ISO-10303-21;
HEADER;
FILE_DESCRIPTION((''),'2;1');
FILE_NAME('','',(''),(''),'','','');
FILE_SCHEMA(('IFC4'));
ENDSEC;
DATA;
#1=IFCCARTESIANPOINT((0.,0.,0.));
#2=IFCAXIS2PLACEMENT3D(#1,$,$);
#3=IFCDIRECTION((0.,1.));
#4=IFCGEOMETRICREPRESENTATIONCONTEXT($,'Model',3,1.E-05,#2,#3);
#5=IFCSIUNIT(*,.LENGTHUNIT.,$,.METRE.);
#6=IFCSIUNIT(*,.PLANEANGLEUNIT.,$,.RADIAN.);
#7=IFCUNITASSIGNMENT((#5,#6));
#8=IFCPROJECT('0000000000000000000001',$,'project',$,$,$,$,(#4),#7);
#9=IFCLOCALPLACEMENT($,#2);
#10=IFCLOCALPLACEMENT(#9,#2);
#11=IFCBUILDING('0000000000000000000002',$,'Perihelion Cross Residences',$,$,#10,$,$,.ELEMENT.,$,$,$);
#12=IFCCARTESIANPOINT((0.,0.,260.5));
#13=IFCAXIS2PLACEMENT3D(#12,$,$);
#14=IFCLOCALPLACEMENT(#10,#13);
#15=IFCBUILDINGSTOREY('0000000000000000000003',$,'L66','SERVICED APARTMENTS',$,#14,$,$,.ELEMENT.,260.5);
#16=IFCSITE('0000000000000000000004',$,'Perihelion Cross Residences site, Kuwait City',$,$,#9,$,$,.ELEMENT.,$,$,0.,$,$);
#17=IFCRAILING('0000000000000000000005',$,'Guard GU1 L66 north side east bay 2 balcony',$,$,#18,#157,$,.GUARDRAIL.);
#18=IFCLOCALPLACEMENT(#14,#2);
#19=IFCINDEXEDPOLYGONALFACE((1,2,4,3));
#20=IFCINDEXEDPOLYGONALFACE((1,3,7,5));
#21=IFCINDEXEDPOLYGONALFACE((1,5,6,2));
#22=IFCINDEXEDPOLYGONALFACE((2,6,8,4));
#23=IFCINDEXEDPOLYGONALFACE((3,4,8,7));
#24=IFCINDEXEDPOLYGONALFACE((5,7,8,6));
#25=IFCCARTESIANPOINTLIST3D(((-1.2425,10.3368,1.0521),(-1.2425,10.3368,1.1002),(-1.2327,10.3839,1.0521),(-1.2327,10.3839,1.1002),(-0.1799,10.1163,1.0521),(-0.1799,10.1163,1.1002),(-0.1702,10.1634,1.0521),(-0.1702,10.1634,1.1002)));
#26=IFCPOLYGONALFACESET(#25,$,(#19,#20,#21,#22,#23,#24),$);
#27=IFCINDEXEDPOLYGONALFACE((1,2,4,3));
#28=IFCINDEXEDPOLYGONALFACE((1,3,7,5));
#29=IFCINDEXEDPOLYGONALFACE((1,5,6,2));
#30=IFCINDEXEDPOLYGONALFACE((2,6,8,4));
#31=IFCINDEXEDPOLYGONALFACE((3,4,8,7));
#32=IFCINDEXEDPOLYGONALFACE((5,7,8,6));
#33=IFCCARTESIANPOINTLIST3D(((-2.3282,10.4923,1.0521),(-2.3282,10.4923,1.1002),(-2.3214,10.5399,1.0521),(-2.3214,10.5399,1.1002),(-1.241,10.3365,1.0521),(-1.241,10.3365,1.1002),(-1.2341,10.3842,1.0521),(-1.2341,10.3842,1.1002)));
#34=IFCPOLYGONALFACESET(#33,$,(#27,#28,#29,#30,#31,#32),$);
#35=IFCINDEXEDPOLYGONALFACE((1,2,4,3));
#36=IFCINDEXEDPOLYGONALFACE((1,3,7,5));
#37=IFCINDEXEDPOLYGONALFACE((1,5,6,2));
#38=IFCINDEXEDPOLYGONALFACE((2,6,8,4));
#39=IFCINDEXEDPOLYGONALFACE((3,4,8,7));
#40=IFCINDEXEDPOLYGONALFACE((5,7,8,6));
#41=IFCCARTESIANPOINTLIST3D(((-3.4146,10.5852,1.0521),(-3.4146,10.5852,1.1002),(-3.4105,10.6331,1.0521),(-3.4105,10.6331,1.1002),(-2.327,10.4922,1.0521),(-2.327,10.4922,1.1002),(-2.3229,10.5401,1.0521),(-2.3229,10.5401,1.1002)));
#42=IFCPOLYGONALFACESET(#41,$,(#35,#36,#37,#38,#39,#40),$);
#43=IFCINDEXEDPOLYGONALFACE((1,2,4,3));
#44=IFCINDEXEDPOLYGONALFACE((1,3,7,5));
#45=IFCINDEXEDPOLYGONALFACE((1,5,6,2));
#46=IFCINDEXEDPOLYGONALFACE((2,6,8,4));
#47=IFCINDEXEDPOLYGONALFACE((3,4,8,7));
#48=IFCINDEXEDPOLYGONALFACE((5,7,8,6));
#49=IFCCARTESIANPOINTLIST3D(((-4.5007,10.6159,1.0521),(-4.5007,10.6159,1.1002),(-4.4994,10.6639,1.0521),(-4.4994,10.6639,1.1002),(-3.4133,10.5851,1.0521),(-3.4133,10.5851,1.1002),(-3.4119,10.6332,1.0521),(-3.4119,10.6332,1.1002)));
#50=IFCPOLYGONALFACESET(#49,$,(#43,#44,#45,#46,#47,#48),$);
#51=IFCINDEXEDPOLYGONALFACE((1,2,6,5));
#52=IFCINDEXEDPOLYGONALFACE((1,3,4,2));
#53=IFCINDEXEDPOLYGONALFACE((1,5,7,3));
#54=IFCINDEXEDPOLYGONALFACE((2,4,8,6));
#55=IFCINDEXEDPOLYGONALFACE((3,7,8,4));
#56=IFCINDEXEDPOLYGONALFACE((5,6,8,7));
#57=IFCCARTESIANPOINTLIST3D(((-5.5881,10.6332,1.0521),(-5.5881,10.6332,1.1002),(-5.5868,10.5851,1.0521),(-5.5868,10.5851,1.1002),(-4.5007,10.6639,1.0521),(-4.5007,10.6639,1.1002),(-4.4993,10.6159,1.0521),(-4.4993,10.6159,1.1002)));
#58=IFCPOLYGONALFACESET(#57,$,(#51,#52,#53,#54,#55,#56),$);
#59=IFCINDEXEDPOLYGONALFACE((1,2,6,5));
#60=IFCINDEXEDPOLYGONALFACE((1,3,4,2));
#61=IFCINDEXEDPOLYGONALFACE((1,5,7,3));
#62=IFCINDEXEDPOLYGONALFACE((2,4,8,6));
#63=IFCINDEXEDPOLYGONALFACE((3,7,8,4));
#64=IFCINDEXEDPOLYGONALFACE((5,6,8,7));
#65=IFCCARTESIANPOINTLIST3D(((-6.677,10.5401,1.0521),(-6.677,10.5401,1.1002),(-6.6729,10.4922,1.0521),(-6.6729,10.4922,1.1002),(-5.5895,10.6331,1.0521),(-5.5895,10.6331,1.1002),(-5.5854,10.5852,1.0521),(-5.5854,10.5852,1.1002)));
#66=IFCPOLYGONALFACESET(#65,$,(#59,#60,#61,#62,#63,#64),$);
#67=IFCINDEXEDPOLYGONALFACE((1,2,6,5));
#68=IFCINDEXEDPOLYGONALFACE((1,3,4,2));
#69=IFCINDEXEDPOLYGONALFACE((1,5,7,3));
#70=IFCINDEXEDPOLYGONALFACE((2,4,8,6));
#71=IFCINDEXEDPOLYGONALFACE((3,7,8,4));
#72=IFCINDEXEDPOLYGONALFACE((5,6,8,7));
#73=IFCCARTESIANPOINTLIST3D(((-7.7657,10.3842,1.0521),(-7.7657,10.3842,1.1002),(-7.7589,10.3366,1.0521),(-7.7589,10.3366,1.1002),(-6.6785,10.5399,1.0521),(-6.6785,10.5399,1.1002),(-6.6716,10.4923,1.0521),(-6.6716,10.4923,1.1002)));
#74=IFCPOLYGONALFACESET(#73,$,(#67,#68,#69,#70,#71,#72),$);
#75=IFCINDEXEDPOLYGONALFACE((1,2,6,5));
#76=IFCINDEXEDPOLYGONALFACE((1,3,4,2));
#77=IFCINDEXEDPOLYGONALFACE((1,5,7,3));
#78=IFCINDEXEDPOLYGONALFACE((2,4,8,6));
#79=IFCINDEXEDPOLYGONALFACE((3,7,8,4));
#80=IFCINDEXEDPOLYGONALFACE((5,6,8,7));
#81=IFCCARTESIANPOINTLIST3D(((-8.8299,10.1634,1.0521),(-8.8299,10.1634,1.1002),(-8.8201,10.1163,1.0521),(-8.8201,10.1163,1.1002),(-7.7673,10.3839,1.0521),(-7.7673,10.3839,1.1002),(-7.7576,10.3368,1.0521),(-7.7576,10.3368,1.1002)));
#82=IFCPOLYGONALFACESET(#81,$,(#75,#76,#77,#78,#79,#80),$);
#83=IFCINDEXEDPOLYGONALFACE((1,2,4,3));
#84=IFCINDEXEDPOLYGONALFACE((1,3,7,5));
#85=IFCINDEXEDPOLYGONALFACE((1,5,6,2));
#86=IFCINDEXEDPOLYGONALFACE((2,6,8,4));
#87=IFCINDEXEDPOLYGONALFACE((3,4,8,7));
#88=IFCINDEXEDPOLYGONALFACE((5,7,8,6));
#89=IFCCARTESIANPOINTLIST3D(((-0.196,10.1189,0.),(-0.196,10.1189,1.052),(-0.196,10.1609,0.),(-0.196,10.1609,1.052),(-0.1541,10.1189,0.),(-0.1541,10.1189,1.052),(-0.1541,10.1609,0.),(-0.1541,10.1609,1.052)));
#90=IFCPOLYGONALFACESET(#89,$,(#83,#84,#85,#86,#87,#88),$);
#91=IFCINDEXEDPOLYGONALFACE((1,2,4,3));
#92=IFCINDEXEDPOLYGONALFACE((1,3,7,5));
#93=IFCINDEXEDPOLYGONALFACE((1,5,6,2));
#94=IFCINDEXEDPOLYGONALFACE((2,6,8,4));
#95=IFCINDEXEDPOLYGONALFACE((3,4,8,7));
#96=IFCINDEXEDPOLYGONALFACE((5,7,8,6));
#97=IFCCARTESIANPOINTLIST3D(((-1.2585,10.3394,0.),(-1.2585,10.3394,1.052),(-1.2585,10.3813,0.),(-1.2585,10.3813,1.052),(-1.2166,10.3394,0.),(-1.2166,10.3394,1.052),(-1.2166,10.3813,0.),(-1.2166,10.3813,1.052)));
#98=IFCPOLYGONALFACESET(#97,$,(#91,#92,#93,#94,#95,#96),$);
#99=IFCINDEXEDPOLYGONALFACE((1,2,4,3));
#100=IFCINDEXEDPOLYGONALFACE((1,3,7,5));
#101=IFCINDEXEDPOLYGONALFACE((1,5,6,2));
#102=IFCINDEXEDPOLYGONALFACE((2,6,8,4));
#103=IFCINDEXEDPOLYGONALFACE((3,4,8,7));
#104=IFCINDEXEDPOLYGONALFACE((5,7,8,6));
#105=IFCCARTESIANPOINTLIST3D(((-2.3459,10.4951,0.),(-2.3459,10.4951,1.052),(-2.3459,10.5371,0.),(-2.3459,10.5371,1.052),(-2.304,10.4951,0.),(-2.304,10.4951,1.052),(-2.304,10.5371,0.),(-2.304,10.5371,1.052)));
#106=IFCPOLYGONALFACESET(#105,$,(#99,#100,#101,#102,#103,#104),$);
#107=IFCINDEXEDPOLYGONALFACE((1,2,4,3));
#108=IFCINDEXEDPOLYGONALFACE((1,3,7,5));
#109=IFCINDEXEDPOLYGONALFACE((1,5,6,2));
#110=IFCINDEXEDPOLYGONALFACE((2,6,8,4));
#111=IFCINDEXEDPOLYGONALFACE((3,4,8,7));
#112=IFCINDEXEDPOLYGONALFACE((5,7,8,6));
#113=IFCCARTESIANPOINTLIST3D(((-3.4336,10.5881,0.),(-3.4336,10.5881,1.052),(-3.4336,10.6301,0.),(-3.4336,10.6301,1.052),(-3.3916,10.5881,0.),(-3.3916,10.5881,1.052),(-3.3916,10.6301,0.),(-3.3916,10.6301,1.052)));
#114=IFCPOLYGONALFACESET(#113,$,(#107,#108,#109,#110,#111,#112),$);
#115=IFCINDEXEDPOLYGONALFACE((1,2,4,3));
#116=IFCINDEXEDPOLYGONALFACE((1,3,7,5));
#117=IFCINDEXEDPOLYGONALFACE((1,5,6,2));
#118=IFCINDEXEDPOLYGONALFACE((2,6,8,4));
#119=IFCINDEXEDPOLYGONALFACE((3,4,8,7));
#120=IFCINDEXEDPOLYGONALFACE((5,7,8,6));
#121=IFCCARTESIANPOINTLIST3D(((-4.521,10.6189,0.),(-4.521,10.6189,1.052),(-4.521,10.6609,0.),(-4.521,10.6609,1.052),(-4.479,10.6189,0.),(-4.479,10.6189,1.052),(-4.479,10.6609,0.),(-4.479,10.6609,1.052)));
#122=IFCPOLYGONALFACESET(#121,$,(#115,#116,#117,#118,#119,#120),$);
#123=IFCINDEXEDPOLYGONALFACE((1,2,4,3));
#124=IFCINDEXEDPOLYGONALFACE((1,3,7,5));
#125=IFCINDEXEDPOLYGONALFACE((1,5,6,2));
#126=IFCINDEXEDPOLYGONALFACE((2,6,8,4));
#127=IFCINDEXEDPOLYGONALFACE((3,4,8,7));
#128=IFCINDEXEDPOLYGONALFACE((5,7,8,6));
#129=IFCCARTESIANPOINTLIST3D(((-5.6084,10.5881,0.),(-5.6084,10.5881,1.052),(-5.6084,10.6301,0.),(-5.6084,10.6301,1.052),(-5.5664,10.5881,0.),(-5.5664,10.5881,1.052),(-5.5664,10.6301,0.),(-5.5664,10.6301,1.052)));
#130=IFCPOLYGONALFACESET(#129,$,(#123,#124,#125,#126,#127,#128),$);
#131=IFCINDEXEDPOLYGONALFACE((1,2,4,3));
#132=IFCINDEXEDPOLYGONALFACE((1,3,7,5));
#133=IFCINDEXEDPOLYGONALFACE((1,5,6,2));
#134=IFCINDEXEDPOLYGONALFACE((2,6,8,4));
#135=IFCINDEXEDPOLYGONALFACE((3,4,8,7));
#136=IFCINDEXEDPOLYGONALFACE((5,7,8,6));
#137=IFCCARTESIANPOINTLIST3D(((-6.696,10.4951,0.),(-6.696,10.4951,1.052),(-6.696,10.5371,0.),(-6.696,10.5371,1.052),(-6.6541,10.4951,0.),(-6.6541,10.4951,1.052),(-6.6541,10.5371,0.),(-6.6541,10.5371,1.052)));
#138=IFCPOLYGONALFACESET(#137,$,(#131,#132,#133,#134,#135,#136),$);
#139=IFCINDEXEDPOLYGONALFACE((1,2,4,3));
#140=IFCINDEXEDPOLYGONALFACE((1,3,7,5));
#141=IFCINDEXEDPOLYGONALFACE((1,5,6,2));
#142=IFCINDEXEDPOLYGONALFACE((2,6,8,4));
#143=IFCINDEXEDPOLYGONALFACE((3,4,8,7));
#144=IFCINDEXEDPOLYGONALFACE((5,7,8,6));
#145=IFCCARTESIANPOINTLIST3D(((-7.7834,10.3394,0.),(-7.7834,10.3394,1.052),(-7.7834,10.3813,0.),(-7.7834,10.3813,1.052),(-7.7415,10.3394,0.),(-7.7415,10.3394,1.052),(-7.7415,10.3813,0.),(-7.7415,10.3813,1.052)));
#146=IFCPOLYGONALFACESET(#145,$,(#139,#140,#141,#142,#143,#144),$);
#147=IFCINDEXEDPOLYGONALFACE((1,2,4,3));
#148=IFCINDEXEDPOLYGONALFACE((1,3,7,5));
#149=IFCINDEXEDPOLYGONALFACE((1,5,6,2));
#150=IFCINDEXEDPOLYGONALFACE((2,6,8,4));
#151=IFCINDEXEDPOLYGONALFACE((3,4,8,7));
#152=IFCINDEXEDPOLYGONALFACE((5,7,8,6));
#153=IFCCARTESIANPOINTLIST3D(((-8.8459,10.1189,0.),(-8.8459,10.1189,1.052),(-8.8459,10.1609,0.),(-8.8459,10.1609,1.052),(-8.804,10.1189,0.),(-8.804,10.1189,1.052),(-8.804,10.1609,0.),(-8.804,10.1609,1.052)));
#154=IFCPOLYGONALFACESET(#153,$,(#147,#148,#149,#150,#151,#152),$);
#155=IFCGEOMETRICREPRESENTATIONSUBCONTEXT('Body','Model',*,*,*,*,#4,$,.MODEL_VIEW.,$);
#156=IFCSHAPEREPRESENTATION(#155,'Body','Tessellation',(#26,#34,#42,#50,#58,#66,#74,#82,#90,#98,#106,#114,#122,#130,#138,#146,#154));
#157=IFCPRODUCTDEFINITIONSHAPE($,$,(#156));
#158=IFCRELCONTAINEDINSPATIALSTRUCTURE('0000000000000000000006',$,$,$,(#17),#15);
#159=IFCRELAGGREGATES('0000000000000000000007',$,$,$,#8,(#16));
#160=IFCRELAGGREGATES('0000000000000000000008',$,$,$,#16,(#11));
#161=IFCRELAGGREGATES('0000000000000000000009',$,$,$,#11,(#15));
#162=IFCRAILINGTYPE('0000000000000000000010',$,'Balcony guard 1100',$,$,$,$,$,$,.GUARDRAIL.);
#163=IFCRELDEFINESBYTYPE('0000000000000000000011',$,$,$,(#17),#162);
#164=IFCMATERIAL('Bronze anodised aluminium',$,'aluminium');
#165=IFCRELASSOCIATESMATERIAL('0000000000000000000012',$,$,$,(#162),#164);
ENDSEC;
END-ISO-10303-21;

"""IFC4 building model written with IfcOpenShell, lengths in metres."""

from ifc_helpers import new_model, si_unit, direction, frame, origin, origin_2d, place, context, subcontext, project, spatial, rectangle, extrude, material, type_object, element, save


model = new_model("IFC4")

# Units and contexts
model_context = context("Model", 3, precision=1e-05, world=origin(), true_north=direction((0.0, 1.0)))
body_context = subcontext(model_context, "Body", "Model", "MODEL_VIEW")
ifc_project = project(units=[si_unit("LENGTHUNIT", "METRE"), si_unit("PLANEANGLEUNIT", "RADIAN")], contexts=[model_context])

# Site, building, storey
site_placement = place(None, origin())
site = spatial("IfcSite", under=ifc_project, at=site_placement, Name="Perihelion Cross Residences site, Kuwait City", CompositionType="ELEMENT", RefElevation=0.0)
building_placement = place(site_placement, origin())
building = spatial("IfcBuilding", under=site, at=building_placement, Name="Perihelion Cross Residences", CompositionType="ELEMENT")
storey_placement = place(building_placement, frame((0.0, 0.0, 260.5)))
storey = spatial("IfcBuildingStorey", under=building, at=storey_placement, Name="L66", Description="SERVICED APARTMENTS", CompositionType="ELEMENT", Elevation=260.5)

# Railing
ifc_material_1 = material(Name="Bronze anodised aluminium", Category="aluminium")
railing_type = type_object("IfcRailingType", Name="Balcony guard 1100", PredefinedType="GUARDRAIL", material=ifc_material_1)
railing_1_placement = place(storey_placement, frame((-0.175, 10.1399, 0.0)))
element("IfcRailing", 1, at=railing_1_placement, inside=storey, type_object=railing_type, Name="Guard GU1 L66 north side east bay 2 balcony", PredefinedType="GUARDRAIL", context=body_context, shape_type="SweptSolid", body=[
    extrude(rectangle(XDim=0.0481, YDim=0.0481, at=origin_2d()), frame((0.0, 0.0, 1.0762), z_axis=(-0.979145, 0.203164, 0.0), x_axis=(-0.203164, -0.979145, 0.0)), (0.0, 0.0, 1.0), 1.0852),
    extrude(rectangle(XDim=0.0481, YDim=0.0481, at=origin_2d()), frame((-1.0625, 0.2205, 1.0762), z_axis=(-0.989896, 0.141795, 0.0), x_axis=(-0.141795, -0.989896, 0.0)), (0.0, 0.0, 1.0), 1.0984),
    extrude(rectangle(XDim=0.0481, YDim=0.0481, at=origin_2d()), frame((-2.1499, 0.3762, 1.0762), z_axis=(-0.996363, 0.085211, 0.0), x_axis=(-0.085211, -0.996363, 0.0)), (0.0, 0.0, 1.0), 1.0916),
    extrude(rectangle(XDim=0.0481, YDim=0.0481, at=origin_2d()), frame((-3.2375, 0.4692, 1.0762), z_axis=(-0.9996, 0.028278, 0.0), x_axis=(-0.028278, -0.9996, 0.0)), (0.0, 0.0, 1.0), 1.0879),
    extrude(rectangle(XDim=0.0481, YDim=0.0481, at=origin_2d()), frame((-4.325, 0.5, 1.0762), z_axis=(-0.9996, -0.028278, 0.0), x_axis=(0.028278, -0.9996, 0.0)), (0.0, 0.0, 1.0), 1.0879),
    extrude(rectangle(XDim=0.0481, YDim=0.0481, at=origin_2d()), frame((-5.4124, 0.4692, 1.0762), z_axis=(-0.996363, -0.085211, 0.0), x_axis=(0.085211, -0.996363, 0.0)), (0.0, 0.0, 1.0), 1.0916),
    extrude(rectangle(XDim=0.0481, YDim=0.0481, at=origin_2d()), frame((-6.5, 0.3762, 1.0762), z_axis=(-0.989896, -0.141795, 0.0), x_axis=(0.141795, -0.989896, 0.0)), (0.0, 0.0, 1.0), 1.0984),
    extrude(rectangle(XDim=0.0481, YDim=0.0481, at=origin_2d()), frame((-7.5874, 0.2205, 1.0762), z_axis=(-0.979145, -0.203164, 0.0), x_axis=(0.203164, -0.979145, 0.0)), (0.0, 0.0, 1.0), 1.0852),
    extrude(rectangle(XDim=0.042, YDim=0.042, at=origin_2d()), origin(), (0.0, 0.0, 1.0), 1.052),
    extrude(rectangle(XDim=0.042, YDim=0.042, at=origin_2d()), frame((-1.0625, 0.2205, 0.0)), (0.0, 0.0, 1.0), 1.052),
    extrude(rectangle(XDim=0.042, YDim=0.042, at=origin_2d()), frame((-2.1499, 0.3762, 0.0)), (0.0, 0.0, 1.0), 1.052),
    extrude(rectangle(XDim=0.042, YDim=0.042, at=origin_2d()), frame((-3.2375, 0.4692, 0.0)), (0.0, 0.0, 1.0), 1.052),
    extrude(rectangle(XDim=0.042, YDim=0.042, at=origin_2d()), frame((-4.325, 0.5, 0.0)), (0.0, 0.0, 1.0), 1.052),
    extrude(rectangle(XDim=0.042, YDim=0.042, at=origin_2d()), frame((-5.4124, 0.4692, 0.0)), (0.0, 0.0, 1.0), 1.052),
    extrude(rectangle(XDim=0.042, YDim=0.042, at=origin_2d()), frame((-6.5, 0.3762, 0.0)), (0.0, 0.0, 1.0), 1.052),
    extrude(rectangle(XDim=0.042, YDim=0.042, at=origin_2d()), frame((-7.5874, 0.2205, 0.0)), (0.0, 0.0, 1.0), 1.052),
    extrude(rectangle(XDim=0.042, YDim=0.042, at=origin_2d()), frame((-8.6499, 0.0, 0.0)), (0.0, 0.0, 1.0), 1.052),
])

save(model, "model.ifc")
